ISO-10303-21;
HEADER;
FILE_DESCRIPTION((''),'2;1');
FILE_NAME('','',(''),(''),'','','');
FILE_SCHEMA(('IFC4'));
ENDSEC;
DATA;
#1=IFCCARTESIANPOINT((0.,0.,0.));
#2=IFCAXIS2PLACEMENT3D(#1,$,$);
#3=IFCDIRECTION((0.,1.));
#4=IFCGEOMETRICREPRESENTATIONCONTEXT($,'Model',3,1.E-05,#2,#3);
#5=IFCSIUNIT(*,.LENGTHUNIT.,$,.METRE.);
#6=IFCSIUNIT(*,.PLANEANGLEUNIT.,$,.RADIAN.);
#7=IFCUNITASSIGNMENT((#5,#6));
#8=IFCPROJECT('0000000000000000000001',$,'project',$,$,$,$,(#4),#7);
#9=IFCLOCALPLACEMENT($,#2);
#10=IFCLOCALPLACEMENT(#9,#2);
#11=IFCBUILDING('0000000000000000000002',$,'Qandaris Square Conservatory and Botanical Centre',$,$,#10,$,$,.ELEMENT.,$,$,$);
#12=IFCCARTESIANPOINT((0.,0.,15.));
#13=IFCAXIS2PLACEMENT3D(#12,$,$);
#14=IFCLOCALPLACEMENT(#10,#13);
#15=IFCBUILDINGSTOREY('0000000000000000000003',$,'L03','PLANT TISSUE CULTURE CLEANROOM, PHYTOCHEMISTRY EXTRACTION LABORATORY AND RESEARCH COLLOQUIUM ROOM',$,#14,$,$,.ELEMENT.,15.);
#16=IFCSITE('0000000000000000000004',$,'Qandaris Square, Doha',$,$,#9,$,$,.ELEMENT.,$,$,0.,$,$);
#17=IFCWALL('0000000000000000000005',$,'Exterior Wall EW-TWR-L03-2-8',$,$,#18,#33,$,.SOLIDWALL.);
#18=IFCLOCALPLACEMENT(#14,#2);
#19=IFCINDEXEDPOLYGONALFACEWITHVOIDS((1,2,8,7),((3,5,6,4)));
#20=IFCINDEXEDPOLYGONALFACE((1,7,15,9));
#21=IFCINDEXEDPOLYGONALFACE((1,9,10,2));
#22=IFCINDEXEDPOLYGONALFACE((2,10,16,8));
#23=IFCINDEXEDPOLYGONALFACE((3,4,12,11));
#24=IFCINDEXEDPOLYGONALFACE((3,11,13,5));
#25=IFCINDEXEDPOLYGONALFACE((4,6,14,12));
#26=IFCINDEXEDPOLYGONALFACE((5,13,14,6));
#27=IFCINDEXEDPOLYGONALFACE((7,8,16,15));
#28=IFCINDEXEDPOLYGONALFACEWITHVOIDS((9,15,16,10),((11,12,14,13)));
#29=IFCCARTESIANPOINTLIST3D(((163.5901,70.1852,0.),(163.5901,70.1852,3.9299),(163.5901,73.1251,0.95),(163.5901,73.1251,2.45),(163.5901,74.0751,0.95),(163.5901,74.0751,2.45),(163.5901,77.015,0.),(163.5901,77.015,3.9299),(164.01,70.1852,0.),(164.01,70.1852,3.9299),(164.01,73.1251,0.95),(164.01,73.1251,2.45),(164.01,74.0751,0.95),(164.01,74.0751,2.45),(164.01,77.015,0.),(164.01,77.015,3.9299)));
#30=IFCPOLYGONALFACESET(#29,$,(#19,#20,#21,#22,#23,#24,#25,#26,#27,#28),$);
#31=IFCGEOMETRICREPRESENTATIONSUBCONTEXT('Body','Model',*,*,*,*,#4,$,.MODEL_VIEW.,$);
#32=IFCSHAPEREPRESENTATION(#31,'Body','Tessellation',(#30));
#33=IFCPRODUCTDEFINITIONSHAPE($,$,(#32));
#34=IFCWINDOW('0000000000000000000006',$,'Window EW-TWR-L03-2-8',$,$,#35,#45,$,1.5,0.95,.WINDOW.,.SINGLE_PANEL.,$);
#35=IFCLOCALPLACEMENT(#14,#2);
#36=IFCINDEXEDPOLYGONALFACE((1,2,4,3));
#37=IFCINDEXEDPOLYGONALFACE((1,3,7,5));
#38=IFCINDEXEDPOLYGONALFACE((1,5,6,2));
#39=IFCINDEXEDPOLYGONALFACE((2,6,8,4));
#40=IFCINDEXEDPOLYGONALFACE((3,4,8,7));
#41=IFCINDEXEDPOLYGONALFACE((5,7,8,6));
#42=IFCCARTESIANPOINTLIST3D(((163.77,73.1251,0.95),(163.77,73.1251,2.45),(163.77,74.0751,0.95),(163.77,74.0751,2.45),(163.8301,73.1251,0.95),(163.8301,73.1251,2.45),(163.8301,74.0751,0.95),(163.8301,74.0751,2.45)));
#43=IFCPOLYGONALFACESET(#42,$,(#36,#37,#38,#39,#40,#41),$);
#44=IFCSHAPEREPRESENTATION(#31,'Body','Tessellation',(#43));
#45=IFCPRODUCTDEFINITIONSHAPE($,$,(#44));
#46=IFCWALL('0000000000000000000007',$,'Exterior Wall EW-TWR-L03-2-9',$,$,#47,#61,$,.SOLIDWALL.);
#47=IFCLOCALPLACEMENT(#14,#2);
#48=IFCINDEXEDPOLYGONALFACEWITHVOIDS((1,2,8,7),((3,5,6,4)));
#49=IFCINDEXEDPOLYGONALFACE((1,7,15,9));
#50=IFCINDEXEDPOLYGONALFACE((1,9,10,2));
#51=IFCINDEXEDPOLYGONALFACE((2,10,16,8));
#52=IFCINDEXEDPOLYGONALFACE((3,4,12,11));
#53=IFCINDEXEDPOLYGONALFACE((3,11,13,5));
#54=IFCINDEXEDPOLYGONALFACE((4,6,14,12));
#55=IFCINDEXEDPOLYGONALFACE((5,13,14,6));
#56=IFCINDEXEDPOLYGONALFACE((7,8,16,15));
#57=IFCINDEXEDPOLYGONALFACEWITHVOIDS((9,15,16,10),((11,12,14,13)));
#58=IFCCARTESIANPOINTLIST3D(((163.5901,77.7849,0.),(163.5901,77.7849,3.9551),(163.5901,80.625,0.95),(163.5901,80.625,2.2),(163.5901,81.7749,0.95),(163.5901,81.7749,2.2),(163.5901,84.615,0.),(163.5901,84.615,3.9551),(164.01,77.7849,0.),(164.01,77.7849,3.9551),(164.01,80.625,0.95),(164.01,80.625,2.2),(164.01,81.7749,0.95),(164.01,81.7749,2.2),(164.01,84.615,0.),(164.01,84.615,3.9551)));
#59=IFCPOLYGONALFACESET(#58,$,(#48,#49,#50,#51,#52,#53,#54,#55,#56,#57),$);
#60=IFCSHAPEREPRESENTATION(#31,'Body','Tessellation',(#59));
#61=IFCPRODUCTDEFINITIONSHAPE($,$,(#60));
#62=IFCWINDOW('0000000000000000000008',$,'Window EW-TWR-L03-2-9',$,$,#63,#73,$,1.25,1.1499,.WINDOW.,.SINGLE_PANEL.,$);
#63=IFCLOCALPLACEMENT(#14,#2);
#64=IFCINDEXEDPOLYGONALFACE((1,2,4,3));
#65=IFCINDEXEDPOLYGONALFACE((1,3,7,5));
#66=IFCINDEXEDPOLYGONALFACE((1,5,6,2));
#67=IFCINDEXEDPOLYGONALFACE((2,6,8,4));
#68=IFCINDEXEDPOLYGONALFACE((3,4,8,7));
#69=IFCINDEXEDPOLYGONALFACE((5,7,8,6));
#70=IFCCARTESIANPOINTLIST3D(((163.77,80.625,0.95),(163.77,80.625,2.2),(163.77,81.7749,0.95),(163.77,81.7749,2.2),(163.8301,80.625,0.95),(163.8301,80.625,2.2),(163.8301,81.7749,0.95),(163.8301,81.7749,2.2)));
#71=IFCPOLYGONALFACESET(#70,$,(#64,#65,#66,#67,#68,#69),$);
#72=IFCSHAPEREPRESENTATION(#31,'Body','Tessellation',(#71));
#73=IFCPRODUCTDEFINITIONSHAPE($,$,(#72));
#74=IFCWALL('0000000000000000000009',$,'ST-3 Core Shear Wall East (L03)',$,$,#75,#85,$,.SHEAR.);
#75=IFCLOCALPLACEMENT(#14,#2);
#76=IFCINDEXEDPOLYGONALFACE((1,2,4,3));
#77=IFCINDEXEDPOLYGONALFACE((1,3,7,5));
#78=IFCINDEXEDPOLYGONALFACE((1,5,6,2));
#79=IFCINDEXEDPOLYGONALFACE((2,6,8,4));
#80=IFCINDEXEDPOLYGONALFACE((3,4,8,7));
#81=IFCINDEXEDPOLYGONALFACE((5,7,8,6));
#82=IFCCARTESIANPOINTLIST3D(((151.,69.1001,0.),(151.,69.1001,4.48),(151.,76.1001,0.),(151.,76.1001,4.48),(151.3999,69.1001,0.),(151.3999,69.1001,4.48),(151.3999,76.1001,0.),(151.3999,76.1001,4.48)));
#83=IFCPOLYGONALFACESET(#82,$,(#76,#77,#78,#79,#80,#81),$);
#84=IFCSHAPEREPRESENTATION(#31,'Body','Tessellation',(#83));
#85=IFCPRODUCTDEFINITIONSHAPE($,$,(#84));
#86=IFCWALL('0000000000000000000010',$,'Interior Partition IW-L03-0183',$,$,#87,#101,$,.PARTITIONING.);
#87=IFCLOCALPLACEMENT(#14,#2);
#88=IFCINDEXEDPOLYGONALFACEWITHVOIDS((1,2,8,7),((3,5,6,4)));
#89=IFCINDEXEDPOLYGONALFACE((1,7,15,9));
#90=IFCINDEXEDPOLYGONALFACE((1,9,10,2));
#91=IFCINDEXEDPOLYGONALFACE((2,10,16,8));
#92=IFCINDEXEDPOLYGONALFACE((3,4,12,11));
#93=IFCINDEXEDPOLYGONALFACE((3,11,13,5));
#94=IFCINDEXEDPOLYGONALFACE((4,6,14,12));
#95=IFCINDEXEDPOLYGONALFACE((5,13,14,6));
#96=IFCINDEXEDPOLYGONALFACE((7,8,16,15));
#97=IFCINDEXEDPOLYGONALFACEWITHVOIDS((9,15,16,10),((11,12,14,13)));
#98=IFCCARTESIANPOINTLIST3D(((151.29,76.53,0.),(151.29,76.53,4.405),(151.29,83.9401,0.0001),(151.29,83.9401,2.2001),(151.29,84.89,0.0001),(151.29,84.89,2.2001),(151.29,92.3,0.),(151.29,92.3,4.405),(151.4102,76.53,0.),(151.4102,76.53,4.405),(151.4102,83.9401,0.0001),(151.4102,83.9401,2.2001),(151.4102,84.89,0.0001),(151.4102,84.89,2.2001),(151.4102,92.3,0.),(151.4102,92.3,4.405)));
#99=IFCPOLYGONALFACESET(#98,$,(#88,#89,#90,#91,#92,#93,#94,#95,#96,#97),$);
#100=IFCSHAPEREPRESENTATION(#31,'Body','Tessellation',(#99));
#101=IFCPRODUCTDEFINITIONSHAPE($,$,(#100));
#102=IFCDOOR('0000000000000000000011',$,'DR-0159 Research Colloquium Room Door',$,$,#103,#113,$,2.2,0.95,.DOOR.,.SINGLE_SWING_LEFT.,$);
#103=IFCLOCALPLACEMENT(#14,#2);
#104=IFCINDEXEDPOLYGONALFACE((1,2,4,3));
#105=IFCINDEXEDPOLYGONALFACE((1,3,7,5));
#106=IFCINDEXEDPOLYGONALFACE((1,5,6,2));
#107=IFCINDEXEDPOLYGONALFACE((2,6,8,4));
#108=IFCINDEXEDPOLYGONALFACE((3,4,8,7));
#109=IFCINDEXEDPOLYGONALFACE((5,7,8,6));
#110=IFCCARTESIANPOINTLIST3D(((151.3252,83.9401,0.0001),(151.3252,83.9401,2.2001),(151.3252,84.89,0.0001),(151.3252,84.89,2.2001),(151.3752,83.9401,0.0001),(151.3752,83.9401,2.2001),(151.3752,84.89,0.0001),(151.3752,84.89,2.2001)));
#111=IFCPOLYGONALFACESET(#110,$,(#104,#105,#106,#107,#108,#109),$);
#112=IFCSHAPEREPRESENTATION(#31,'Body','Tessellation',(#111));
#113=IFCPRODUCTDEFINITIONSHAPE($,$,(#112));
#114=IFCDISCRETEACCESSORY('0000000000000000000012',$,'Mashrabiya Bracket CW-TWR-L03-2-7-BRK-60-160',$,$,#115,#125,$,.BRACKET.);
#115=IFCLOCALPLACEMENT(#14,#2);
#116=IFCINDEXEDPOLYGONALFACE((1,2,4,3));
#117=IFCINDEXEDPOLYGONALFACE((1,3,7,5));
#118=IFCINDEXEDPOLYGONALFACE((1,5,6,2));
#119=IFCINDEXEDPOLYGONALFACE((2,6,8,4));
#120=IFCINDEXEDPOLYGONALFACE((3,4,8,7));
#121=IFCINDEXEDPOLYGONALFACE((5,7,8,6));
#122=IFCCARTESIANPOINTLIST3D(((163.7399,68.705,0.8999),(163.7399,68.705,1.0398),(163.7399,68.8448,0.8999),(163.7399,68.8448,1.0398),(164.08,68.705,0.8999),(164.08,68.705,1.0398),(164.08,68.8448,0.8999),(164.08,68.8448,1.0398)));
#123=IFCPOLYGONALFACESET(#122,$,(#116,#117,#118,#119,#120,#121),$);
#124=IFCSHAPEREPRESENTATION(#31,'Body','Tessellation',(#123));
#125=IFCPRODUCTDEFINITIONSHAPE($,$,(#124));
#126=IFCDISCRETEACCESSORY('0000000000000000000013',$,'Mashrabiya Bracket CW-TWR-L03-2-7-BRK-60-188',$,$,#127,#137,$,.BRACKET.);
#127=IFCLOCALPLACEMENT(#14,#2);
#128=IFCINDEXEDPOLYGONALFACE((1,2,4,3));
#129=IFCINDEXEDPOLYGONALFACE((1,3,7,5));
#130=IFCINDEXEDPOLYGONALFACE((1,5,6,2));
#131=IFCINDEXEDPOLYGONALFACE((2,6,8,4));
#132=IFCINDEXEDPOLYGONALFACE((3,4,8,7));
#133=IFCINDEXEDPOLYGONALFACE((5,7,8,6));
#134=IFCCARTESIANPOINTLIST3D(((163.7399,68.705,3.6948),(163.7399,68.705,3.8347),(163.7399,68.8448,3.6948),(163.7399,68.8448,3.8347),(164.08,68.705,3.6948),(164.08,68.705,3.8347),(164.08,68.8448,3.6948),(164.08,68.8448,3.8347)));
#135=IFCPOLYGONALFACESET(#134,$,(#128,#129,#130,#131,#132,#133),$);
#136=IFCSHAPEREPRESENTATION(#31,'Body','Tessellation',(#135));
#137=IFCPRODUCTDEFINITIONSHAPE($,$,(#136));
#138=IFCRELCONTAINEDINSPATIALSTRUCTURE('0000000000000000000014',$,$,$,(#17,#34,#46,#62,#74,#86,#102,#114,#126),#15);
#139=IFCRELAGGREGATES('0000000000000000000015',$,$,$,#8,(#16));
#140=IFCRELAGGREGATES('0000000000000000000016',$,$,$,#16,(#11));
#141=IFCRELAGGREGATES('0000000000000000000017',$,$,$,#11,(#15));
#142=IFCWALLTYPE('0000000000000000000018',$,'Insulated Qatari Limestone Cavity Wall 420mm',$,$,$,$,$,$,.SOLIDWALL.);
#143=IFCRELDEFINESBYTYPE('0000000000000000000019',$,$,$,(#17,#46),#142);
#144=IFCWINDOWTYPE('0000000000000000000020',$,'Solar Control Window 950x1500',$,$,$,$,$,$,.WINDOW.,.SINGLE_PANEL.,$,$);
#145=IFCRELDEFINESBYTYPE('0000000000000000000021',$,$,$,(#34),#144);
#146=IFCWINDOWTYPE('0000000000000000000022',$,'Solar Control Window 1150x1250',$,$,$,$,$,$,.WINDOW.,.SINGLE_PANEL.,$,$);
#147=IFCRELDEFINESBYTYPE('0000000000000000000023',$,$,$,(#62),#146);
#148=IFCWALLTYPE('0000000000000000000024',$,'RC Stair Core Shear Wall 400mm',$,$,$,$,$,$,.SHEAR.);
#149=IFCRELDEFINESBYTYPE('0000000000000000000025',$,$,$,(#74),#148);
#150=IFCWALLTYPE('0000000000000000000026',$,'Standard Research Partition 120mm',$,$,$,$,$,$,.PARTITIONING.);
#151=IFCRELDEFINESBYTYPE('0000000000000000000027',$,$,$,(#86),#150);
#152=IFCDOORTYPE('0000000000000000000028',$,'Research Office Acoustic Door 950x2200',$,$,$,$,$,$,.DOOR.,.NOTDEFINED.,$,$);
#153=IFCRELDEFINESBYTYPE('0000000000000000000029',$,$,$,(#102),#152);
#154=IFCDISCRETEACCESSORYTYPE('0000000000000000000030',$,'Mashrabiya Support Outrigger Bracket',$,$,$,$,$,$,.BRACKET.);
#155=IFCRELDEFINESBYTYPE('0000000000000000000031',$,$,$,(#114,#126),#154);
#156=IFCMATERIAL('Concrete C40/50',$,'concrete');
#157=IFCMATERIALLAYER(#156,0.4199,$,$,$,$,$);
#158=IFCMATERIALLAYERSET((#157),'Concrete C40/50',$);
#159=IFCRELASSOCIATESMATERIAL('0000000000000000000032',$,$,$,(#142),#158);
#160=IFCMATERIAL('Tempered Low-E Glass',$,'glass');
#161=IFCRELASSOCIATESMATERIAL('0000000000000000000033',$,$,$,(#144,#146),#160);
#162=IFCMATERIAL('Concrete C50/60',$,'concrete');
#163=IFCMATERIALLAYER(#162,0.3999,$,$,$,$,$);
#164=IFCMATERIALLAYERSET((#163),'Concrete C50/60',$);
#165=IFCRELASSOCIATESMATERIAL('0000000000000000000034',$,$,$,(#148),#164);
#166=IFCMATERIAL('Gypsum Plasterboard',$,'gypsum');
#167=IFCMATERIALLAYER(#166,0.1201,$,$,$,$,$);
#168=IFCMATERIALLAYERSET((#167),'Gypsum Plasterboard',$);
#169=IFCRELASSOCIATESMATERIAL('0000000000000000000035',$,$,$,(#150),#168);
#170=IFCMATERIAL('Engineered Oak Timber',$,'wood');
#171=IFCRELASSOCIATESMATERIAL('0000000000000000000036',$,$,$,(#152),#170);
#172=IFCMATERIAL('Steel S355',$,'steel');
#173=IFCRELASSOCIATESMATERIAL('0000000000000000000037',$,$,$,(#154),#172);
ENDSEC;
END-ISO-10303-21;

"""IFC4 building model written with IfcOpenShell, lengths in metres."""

from ifc_helpers import new_model, si_unit, direction, frame, frame_2d, origin, origin_2d, place, context, subcontext, project, spatial, rectangle, extrude, material, layer, layer_set, type_object, element, fill, save


model = new_model("IFC4")

# Units and contexts
model_context = context("Model", 3, precision=1e-05, world=origin(), true_north=direction((0.0, 1.0)))
body_context = subcontext(model_context, "Body", "Model", "MODEL_VIEW")
ifc_project = project(units=[si_unit("LENGTHUNIT", "METRE"), si_unit("PLANEANGLEUNIT", "RADIAN")], contexts=[model_context])

# Site, building, storey
site_placement = place(None, origin())
site = spatial("IfcSite", under=ifc_project, at=site_placement, Name="Qandaris Square, Doha", CompositionType="ELEMENT", RefElevation=0.0)
building_placement = place(site_placement, origin())
building = spatial("IfcBuilding", under=site, at=building_placement, Name="Qandaris Square Conservatory and Botanical Centre", CompositionType="ELEMENT")
storey_placement = place(building_placement, frame((0.0, 0.0, 15.0)))
storey = spatial("IfcBuildingStorey", under=building, at=storey_placement, Name="L03", Description="PLANT TISSUE CULTURE CLEANROOM, PHYTOCHEMISTRY EXTRACTION LABORATORY AND RESEARCH COLLOQUIUM ROOM", CompositionType="ELEMENT", Elevation=15.0)

# Shared definitions
ifc_material_1 = material(Name="Concrete C50/60", Category="concrete")

# Shared definitions
ifc_material_2 = material(Name="Steel S355", Category="steel")

# Shared definitions
ifc_material_3 = material(Name="Tempered Low-E Glass", Category="glass")

# Walls, openings, windows
ifc_material_4 = material(Name="Concrete C40/50", Category="concrete")
ifc_layer_1 = layer(ifc_material_4, 0.4199)
ifc_layer_set_1 = layer_set([ifc_layer_1], Name="Concrete C40/50")
wall_type_1 = type_object("IfcWallType", Name="Insulated Qatari Limestone Cavity Wall 420mm", PredefinedType="SOLIDWALL", material=ifc_layer_set_1)
wall_1_placement = place(storey_placement, frame((163.8, 70.1851, 0.0), z_axis=(0.0, 0.0, 1.0), x_axis=(0.0, 1.0, 0.0)))
wall_1 = element("IfcWall", 1, at=wall_1_placement, inside=storey, type_object=wall_type_1, Name="Exterior Wall EW-TWR-L03-2-8", PredefinedType="SOLIDWALL", context=body_context, shape_type="SweptSolid", body=[
    extrude(rectangle(XDim=6.8298, YDim=0.4199, at=frame_2d((3.415, 0.0))), origin(), (0.0, 0.0, 1.0), 3.9299),
])
opening_1_placement = place(wall_1_placement, frame((2.9399, 0.0, 0.95)))
opening_1 = element("IfcOpeningElement", 2, at=opening_1_placement, cuts=wall_1, PredefinedType="OPENING", context=body_context, shape_type="SweptSolid", body=[
    extrude(rectangle(XDim=0.95, YDim=1.5, at=frame_2d((0.4751, 0.75))), frame((0.0, 0.2219, 0.0), z_axis=(0.0, -1.0, 0.0), x_axis=(1.0, 0.0, 0.0)), (0.0, 0.0, 1.0), 0.4438),
])
window_type_1 = type_object("IfcWindowType", Name="Solar Control Window 950x1500", PartitioningType="SINGLE_PANEL", PredefinedType="WINDOW", material=ifc_material_3)
window_1_placement = place(opening_1_placement, origin())
window_1 = element("IfcWindow", 3, at=window_1_placement, inside=storey, type_object=window_type_1, Name="Window EW-TWR-L03-2-8", OverallHeight=1.5, OverallWidth=0.95, PartitioningType="SINGLE_PANEL", PredefinedType="WINDOW", context=body_context, shape_type="SweptSolid", body=[
    extrude(rectangle(XDim=0.95, YDim=1.5, at=frame_2d((0.4751, 0.75))), frame((0.0, 0.03, 0.0), z_axis=(0.0, -1.0, 0.0), x_axis=(1.0, 0.0, 0.0)), (0.0, 0.0, 1.0), 0.0601),
])
fill(opening_1, window_1)
wall_2_placement = place(storey_placement, frame((163.8, 77.7849, 0.0), z_axis=(0.0, 0.0, 1.0), x_axis=(0.0, 1.0, 0.0)))
wall_2 = element("IfcWall", 4, at=wall_2_placement, inside=storey, type_object=wall_type_1, Name="Exterior Wall EW-TWR-L03-2-9", PredefinedType="SOLIDWALL", context=body_context, shape_type="SweptSolid", body=[
    extrude(rectangle(XDim=6.8301, YDim=0.4199, at=frame_2d((3.415, 0.0))), origin(), (0.0, 0.0, 1.0), 3.9551),
])
opening_2_placement = place(wall_2_placement, frame((2.8401, 0.0, 0.95)))
opening_2 = element("IfcOpeningElement", 5, at=opening_2_placement, cuts=wall_2, PredefinedType="OPENING", context=body_context, shape_type="SweptSolid", body=[
    extrude(rectangle(XDim=1.1499, YDim=1.25, at=frame_2d((0.575, 0.625))), frame((0.0, 0.2219, 0.0), z_axis=(0.0, -1.0, 0.0), x_axis=(1.0, 0.0, 0.0)), (0.0, 0.0, 1.0), 0.4438),
])
window_type_2 = type_object("IfcWindowType", Name="Solar Control Window 1150x1250", PartitioningType="SINGLE_PANEL", PredefinedType="WINDOW", material=ifc_material_3)
window_2_placement = place(opening_2_placement, origin())
window_2 = element("IfcWindow", 6, at=window_2_placement, inside=storey, type_object=window_type_2, Name="Window EW-TWR-L03-2-9", OverallHeight=1.25, OverallWidth=1.1499, PartitioningType="SINGLE_PANEL", PredefinedType="WINDOW", context=body_context, shape_type="SweptSolid", body=[
    extrude(rectangle(XDim=1.1499, YDim=1.25, at=frame_2d((0.575, 0.625))), frame((0.0, 0.03, 0.0), z_axis=(0.0, -1.0, 0.0), x_axis=(1.0, 0.0, 0.0)), (0.0, 0.0, 1.0), 0.0601),
])
fill(opening_2, window_2)

# Wall
ifc_layer_2 = layer(ifc_material_1, 0.3999)
ifc_layer_set_2 = layer_set([ifc_layer_2], Name="Concrete C50/60")
wall_type_2 = type_object("IfcWallType", Name="RC Stair Core Shear Wall 400mm", PredefinedType="SHEAR", material=ifc_layer_set_2)
wall_3_placement = place(storey_placement, frame((151.2, 69.1001, 0.0), z_axis=(0.0, 0.0, 1.0), x_axis=(0.0, 1.0, 0.0)))
element("IfcWall", 7, at=wall_3_placement, inside=storey, type_object=wall_type_2, Name="ST-3 Core Shear Wall East (L03)", PredefinedType="SHEAR", context=body_context, shape_type="SweptSolid", body=[
    extrude(rectangle(XDim=7.0, YDim=0.3999, at=frame_2d((3.5, 0.0))), origin(), (0.0, 0.0, 1.0), 4.48),
])

# Wall, opening, door
ifc_material_5 = material(Name="Gypsum Plasterboard", Category="gypsum")
ifc_layer_3 = layer(ifc_material_5, 0.1201)
ifc_layer_set_3 = layer_set([ifc_layer_3], Name="Gypsum Plasterboard")
wall_type_3 = type_object("IfcWallType", Name="Standard Research Partition 120mm", PredefinedType="PARTITIONING", material=ifc_layer_set_3)
wall_4_placement = place(storey_placement, frame((151.3501, 76.53, 0.0), z_axis=(0.0, 0.0, 1.0), x_axis=(0.0, 1.0, 0.0)))
wall_4 = element("IfcWall", 8, at=wall_4_placement, inside=storey, type_object=wall_type_3, Name="Interior Partition IW-L03-0183", PredefinedType="PARTITIONING", context=body_context, shape_type="SweptSolid", body=[
    extrude(rectangle(XDim=15.77, YDim=0.1201, at=frame_2d((7.885, 0.0))), origin(), (0.0, 0.0, 1.0), 4.405),
])
opening_3_placement = place(wall_4_placement, frame((7.4099, 0.0, 0.0)))
opening_3 = element("IfcOpeningElement", 9, at=opening_3_placement, cuts=wall_4, PredefinedType="OPENING", context=body_context, shape_type="SweptSolid", body=[
    extrude(rectangle(XDim=0.95, YDim=2.2, at=frame_2d((0.4751, 1.1001))), frame((0.0, 0.072, 0.0), z_axis=(0.0, -1.0, 0.0), x_axis=(1.0, 0.0, 0.0)), (0.0, 0.0, 1.0), 0.144),
])
ifc_material_6 = material(Name="Engineered Oak Timber", Category="wood")
door_type = type_object("IfcDoorType", Name="Research Office Acoustic Door 950x2200", OperationType="NOTDEFINED", PredefinedType="DOOR", material=ifc_material_6)
door_placement = place(opening_3_placement, origin())
door = element("IfcDoor", 10, at=door_placement, inside=storey, type_object=door_type, Name="DR-0159 Research Colloquium Room Door", OperationType="SINGLE_SWING_LEFT", OverallHeight=2.2, OverallWidth=0.95, PredefinedType="DOOR", context=body_context, shape_type="SweptSolid", body=[
    extrude(rectangle(XDim=0.95, YDim=2.2, at=frame_2d((0.4751, 1.1001))), frame((0.0, 0.0249, 0.0), z_axis=(0.0, -1.0, 0.0), x_axis=(1.0, 0.0, 0.0)), (0.0, 0.0, 1.0), 0.05),
])
fill(opening_3, door)

# Discrete accessories
discrete_accessory_type = type_object("IfcDiscreteAccessoryType", Name="Mashrabiya Support Outrigger Bracket", PredefinedType="BRACKET", material=ifc_material_2)
for number, where, z_axis, x_axis, name in (
    (11, (163.9099, 68.7749, 0.8999), (0.0, 0.0, 1.0), (0.0, 1.0, 0.0), "Mashrabiya Bracket CW-TWR-L03-2-7-BRK-60-160"),
    (12, (163.9099, 68.7749, 3.6948), (0.0, 0.0, 1.0), (0.0, 1.0, 0.0), "Mashrabiya Bracket CW-TWR-L03-2-7-BRK-60-188"),
):
    element("IfcDiscreteAccessory", number, at=place(storey_placement, frame(where, z_axis=z_axis, x_axis=x_axis)), inside=storey, type_object=discrete_accessory_type, Name=name, PredefinedType="BRACKET", context=body_context, shape_type="SweptSolid", body=[
        extrude(rectangle(XDim=0.1399, YDim=0.3401, at=origin_2d()), origin(), (0.0, 0.0, 1.0), 0.1399),
    ])

save(model, "model.ifc")
